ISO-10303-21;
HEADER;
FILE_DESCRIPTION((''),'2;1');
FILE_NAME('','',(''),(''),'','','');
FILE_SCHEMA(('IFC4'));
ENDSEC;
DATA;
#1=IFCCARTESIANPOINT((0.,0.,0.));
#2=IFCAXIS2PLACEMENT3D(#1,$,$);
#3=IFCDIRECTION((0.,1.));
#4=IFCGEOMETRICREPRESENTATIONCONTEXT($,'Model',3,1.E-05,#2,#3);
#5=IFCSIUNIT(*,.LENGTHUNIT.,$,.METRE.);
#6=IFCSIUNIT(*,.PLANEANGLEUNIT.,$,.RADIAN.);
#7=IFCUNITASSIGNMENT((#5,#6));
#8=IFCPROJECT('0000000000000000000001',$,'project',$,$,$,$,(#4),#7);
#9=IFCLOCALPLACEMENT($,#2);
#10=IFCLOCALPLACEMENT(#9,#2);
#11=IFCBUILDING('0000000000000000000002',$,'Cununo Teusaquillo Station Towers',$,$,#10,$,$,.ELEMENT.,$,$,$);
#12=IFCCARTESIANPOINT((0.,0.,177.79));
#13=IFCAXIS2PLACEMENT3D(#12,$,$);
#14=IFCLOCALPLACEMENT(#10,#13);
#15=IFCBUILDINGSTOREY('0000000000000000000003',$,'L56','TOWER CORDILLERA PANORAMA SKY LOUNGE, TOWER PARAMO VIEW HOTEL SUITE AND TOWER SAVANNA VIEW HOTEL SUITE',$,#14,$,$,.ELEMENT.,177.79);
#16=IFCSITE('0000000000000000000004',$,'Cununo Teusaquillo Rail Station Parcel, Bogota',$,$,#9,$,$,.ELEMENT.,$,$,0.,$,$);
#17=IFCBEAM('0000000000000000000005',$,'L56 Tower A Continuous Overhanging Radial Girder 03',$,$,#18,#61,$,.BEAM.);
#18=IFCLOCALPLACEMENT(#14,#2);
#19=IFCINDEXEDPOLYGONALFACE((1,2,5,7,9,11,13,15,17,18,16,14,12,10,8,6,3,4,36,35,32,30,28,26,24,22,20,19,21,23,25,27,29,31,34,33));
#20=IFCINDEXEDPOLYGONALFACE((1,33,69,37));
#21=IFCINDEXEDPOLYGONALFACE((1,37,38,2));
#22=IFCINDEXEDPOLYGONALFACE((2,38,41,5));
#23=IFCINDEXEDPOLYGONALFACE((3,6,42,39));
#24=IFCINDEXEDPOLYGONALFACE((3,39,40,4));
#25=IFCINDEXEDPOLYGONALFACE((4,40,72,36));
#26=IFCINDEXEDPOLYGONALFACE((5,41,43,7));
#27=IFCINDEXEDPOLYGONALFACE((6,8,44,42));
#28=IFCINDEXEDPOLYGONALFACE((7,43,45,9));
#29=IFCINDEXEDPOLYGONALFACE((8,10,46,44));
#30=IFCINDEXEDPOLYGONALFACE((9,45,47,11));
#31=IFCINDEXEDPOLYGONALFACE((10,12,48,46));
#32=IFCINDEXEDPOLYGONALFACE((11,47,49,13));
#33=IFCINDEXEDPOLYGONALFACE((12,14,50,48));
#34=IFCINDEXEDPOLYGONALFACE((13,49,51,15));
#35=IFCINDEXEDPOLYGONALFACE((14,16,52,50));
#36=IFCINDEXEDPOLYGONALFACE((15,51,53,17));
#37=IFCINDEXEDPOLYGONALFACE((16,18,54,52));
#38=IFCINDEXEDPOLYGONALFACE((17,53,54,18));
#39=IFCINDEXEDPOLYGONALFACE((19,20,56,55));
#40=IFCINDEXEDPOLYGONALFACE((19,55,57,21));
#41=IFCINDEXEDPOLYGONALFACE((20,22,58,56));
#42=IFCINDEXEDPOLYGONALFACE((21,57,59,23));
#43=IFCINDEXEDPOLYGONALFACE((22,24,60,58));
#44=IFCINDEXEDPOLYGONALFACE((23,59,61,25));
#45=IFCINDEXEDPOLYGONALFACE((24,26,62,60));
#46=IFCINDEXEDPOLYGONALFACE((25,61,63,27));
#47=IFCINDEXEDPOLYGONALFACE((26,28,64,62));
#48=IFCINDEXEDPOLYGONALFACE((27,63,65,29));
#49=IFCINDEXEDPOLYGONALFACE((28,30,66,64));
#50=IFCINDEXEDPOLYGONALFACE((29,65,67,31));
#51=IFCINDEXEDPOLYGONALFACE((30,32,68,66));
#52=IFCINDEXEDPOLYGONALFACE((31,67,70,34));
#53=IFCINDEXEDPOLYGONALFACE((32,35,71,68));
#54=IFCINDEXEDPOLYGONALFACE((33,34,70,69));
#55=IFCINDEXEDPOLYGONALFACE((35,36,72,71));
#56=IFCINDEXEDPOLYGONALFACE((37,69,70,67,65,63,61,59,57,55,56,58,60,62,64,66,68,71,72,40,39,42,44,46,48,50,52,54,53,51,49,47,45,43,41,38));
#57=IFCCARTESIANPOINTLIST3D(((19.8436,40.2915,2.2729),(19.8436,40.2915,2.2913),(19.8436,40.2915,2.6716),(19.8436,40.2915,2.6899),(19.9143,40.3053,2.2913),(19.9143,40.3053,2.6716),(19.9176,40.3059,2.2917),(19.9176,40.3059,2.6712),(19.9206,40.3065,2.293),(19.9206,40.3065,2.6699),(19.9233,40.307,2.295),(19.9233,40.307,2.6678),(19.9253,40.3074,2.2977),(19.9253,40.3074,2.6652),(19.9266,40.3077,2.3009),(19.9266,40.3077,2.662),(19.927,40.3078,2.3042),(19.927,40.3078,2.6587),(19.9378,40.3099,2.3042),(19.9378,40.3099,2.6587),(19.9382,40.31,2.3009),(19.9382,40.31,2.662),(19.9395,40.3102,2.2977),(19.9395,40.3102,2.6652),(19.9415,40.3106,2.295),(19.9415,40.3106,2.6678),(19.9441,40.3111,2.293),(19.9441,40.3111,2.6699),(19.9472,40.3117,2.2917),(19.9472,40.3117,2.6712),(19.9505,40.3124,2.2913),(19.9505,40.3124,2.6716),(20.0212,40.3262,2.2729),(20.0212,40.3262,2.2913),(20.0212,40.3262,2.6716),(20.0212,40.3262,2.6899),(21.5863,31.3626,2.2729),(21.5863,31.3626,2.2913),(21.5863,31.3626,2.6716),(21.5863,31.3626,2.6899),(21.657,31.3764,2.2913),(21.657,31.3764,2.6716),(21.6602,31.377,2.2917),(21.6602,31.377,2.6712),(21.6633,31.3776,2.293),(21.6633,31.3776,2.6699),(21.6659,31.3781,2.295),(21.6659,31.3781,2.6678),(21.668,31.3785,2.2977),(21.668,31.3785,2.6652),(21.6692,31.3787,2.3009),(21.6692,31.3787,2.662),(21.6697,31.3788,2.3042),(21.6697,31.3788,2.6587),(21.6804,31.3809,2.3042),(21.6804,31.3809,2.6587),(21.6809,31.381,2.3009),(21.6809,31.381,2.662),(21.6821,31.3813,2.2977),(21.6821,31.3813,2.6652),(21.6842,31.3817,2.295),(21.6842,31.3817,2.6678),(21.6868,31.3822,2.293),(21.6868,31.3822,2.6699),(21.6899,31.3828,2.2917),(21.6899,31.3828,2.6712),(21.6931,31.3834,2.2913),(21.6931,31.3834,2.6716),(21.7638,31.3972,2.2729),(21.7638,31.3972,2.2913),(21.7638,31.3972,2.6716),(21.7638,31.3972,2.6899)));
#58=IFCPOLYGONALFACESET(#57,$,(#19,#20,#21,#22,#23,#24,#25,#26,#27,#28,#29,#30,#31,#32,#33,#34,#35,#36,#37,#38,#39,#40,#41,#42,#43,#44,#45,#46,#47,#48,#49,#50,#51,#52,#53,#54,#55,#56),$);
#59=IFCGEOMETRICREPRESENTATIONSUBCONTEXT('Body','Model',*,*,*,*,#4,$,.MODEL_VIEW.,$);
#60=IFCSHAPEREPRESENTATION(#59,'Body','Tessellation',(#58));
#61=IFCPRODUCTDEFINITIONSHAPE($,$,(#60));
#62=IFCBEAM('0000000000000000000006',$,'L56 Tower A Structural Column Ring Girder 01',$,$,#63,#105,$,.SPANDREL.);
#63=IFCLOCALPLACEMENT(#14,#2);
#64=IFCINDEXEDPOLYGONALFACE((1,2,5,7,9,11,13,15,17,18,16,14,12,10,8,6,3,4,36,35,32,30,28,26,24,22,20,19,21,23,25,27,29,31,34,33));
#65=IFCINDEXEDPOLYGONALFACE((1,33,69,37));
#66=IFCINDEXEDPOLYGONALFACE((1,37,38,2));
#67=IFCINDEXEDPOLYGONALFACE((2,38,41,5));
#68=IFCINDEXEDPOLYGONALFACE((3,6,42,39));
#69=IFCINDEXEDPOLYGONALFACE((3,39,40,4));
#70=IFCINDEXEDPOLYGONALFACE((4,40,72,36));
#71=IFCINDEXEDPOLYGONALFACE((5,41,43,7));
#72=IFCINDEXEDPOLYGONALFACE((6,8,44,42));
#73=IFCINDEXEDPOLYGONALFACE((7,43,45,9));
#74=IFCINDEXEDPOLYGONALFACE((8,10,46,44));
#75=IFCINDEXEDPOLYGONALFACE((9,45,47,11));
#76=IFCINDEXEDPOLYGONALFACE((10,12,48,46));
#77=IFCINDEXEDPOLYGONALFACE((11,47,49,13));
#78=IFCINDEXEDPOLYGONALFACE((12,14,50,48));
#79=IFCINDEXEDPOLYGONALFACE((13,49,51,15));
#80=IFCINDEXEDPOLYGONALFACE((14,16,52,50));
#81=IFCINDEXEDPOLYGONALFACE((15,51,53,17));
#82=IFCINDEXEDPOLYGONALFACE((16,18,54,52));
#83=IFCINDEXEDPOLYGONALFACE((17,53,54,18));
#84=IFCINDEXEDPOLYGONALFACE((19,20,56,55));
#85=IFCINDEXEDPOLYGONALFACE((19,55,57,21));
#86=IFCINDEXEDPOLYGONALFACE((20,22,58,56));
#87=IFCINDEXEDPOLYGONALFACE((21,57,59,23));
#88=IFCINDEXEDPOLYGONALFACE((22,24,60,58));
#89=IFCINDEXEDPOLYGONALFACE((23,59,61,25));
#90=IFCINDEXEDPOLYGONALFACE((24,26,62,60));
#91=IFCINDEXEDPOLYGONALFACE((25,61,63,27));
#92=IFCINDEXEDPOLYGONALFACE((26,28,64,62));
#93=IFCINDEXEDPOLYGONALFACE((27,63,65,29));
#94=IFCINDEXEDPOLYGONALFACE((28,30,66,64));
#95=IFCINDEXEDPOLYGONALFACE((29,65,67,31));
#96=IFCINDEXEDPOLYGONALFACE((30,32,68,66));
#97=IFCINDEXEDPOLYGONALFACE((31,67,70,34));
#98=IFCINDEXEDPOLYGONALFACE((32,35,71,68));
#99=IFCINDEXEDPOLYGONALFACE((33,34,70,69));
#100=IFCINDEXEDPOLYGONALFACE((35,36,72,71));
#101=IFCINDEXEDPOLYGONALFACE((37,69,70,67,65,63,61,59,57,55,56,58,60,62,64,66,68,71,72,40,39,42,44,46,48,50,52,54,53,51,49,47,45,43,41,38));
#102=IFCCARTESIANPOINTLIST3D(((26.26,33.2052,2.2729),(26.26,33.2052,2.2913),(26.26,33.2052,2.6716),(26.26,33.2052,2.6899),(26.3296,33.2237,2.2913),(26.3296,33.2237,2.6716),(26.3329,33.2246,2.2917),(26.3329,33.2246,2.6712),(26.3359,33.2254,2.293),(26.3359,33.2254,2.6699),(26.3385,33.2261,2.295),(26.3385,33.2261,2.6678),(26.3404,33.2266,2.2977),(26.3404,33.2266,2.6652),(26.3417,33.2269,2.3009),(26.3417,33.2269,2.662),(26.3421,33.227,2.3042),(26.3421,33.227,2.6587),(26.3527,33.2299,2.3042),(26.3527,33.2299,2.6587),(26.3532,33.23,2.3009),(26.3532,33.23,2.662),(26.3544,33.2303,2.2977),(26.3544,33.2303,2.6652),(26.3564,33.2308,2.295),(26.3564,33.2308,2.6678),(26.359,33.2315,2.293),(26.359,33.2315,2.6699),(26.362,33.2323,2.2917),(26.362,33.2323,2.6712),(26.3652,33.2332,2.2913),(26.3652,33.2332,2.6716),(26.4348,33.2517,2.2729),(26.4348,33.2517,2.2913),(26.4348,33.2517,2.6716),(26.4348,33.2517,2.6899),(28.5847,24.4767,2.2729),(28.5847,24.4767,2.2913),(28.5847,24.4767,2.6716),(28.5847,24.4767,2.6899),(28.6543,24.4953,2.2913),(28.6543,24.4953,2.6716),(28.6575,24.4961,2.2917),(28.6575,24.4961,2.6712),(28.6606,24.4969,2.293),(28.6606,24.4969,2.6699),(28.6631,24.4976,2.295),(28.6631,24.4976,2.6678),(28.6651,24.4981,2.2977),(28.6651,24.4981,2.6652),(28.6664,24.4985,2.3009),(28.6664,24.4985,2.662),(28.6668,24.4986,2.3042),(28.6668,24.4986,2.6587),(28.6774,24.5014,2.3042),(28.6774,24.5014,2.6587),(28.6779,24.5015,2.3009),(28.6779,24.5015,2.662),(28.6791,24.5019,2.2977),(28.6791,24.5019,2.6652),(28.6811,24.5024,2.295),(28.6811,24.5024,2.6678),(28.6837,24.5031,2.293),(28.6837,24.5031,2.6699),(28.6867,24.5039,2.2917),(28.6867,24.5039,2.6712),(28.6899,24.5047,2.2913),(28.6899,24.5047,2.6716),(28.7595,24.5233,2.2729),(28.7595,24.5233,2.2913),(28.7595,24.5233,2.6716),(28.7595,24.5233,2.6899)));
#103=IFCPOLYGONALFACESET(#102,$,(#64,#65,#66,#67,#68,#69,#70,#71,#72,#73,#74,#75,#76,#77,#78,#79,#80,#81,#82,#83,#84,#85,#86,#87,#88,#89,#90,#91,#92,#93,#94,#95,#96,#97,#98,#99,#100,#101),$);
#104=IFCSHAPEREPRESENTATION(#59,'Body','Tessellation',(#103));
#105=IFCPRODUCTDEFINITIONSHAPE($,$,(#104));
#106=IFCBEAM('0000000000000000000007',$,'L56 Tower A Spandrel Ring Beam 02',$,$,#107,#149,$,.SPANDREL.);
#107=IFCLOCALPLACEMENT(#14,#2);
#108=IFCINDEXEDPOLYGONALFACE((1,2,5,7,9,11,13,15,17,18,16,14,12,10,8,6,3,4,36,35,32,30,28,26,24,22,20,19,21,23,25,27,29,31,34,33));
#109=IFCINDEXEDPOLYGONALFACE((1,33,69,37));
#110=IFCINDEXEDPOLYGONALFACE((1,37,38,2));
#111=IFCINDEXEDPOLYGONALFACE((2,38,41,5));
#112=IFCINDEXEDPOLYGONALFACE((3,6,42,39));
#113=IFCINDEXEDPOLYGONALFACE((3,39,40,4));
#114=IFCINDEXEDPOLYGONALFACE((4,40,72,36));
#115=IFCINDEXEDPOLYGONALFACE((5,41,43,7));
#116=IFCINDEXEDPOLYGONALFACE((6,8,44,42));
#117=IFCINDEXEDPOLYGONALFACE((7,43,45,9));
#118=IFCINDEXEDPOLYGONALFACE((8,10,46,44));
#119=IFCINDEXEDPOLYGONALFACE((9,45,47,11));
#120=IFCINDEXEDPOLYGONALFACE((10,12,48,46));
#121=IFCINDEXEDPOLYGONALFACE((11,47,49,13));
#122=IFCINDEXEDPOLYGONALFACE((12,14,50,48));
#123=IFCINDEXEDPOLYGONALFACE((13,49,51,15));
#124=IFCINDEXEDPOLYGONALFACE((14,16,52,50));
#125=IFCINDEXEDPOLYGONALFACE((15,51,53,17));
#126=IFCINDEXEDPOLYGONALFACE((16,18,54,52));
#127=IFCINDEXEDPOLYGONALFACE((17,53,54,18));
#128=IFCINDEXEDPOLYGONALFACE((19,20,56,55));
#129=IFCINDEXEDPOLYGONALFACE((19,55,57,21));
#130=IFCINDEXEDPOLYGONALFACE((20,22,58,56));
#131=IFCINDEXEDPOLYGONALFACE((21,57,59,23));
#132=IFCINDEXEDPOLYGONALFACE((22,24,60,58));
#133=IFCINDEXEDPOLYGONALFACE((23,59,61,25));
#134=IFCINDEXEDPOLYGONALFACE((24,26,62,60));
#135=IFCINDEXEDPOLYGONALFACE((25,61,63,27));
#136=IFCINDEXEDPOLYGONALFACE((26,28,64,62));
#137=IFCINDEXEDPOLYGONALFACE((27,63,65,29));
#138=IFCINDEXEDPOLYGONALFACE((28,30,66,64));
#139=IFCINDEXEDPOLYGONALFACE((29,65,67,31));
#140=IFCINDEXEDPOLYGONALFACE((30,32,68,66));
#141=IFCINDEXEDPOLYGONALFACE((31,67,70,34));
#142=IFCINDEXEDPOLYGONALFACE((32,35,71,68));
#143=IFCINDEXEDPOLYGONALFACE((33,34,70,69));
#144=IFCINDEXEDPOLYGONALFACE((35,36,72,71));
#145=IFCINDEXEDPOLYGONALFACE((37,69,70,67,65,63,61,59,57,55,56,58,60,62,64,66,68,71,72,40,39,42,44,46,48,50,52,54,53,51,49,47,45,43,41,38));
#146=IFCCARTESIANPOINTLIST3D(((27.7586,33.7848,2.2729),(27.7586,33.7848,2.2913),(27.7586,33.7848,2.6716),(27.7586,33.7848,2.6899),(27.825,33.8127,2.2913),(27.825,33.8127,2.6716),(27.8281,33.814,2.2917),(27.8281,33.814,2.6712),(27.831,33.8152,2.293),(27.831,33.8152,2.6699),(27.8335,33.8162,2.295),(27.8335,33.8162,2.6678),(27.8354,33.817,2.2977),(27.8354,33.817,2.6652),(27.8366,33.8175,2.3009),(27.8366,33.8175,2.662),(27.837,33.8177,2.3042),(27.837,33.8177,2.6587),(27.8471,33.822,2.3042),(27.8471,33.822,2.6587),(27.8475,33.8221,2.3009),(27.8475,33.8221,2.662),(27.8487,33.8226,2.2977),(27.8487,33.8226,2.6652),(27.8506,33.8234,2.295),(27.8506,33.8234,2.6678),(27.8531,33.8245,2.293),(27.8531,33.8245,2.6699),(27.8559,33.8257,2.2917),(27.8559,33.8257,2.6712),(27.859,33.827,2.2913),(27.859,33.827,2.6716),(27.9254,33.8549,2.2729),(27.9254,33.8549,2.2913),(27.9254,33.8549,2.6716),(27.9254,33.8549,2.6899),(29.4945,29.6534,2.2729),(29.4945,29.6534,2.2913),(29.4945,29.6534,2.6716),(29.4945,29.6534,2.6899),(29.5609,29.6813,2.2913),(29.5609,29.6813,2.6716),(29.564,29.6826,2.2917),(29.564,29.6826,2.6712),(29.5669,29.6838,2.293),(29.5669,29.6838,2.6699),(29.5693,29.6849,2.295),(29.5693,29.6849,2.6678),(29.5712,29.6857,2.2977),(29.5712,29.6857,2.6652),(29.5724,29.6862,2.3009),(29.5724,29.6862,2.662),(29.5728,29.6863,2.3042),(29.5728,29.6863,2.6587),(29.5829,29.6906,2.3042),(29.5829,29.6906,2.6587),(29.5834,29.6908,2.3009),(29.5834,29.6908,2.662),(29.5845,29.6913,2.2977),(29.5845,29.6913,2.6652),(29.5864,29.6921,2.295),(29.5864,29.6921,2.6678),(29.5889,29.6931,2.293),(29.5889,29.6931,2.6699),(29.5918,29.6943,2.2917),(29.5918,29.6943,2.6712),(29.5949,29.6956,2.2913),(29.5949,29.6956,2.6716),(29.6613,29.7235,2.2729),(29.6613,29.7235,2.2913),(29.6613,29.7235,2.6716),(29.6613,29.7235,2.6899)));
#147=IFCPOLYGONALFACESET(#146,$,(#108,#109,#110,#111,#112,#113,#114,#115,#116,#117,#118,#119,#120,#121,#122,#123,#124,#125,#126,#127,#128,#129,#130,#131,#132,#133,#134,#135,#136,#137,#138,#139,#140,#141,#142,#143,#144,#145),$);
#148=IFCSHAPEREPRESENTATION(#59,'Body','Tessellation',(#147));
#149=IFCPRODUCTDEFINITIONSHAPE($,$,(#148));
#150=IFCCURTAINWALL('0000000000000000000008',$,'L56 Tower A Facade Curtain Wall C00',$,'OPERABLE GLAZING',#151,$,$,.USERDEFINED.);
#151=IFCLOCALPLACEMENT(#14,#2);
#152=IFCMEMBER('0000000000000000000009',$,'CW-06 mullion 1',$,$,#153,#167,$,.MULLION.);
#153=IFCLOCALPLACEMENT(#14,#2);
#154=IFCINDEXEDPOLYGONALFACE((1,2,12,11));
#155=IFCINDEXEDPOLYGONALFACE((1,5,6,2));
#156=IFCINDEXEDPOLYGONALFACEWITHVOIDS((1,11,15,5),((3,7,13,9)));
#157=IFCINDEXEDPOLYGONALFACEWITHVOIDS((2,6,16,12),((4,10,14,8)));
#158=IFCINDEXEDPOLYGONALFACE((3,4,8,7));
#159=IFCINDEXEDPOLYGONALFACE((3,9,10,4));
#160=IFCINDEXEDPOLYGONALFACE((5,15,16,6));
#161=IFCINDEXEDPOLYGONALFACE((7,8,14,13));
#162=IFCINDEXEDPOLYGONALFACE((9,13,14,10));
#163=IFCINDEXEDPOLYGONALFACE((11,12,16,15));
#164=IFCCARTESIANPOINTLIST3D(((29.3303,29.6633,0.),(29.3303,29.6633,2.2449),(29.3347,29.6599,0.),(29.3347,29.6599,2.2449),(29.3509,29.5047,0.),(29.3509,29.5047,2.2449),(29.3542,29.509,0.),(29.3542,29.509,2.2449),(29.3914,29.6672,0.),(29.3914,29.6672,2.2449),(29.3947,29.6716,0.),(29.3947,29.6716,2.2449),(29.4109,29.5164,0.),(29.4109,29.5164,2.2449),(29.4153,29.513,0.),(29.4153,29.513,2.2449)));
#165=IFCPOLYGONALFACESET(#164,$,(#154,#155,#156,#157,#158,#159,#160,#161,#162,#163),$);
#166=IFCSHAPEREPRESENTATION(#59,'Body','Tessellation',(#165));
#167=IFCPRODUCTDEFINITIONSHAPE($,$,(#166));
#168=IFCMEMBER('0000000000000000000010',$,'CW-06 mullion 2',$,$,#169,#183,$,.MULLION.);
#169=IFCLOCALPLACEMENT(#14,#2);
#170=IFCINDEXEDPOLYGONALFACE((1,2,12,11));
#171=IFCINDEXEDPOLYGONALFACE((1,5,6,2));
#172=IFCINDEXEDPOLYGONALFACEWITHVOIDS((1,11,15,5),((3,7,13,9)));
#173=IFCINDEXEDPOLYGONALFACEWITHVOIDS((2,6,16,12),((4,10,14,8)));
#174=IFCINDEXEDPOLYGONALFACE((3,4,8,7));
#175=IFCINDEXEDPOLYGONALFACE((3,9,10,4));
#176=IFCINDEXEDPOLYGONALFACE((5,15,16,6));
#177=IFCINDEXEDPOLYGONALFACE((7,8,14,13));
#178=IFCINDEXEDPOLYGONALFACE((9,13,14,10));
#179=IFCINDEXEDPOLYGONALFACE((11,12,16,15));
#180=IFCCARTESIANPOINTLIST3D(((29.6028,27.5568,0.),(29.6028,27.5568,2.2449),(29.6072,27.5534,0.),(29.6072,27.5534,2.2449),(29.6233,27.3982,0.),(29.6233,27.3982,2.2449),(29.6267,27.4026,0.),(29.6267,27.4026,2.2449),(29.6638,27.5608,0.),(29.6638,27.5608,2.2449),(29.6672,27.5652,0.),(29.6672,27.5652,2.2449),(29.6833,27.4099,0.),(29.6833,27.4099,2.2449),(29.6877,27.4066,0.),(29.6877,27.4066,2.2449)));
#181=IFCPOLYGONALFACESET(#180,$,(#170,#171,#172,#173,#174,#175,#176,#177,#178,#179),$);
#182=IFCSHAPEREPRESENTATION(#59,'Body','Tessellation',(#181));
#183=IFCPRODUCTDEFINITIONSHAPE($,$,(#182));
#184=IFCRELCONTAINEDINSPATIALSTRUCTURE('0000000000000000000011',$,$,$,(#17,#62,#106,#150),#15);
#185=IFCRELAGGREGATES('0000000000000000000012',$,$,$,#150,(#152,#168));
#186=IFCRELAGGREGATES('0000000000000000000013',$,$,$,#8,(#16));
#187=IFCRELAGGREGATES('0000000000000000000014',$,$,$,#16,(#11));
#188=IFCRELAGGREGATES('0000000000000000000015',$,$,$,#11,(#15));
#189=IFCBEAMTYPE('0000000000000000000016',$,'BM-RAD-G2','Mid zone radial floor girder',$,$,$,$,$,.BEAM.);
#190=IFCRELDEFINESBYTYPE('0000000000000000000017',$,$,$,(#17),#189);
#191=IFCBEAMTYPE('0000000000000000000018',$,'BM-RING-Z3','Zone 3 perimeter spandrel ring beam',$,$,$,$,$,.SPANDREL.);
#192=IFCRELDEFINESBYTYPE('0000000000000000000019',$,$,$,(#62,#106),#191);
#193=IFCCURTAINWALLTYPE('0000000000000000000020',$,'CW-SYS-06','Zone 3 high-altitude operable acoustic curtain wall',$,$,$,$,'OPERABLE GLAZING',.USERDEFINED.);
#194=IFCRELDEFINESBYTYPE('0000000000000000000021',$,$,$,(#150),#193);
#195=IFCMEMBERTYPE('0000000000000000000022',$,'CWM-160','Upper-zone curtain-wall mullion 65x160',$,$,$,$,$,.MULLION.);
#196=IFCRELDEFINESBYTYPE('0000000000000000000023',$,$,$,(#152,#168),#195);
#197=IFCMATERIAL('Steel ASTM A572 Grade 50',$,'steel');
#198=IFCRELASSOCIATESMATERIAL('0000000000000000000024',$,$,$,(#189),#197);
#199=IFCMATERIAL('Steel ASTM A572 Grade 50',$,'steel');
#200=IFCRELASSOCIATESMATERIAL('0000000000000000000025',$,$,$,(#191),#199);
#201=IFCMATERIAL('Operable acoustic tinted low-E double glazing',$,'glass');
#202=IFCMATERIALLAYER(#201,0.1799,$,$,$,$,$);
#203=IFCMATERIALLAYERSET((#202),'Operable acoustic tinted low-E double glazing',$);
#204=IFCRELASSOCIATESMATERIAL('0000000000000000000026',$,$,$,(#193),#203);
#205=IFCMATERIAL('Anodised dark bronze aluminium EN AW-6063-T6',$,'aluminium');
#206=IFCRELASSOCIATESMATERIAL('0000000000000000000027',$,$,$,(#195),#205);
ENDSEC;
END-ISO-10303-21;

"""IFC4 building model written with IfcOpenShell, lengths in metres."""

from ifc_helpers import new_model, si_unit, direction, frame, origin, origin_2d, place, context, subcontext, project, spatial, hollow_rectangle, i_section, extrude, material, layer, layer_set, material_profile, profile_set, type_object, element, aggregate, save


model = new_model("IFC4")

# Units and contexts
model_context = context("Model", 3, precision=1e-05, world=origin(), true_north=direction((0.0, 1.0)))
body_context = subcontext(model_context, "Body", "Model", "MODEL_VIEW")
ifc_project = project(units=[si_unit("LENGTHUNIT", "METRE"), si_unit("PLANEANGLEUNIT", "RADIAN")], contexts=[model_context])

# Site, building, storey
site_placement = place(None, origin())
site = spatial("IfcSite", under=ifc_project, at=site_placement, Name="Cununo Teusaquillo Rail Station Parcel, Bogota", CompositionType="ELEMENT", RefElevation=0.0)
building_placement = place(site_placement, origin())
building = spatial("IfcBuilding", under=site, at=building_placement, Name="Cununo Teusaquillo Station Towers", CompositionType="ELEMENT")
storey_placement = place(building_placement, frame((0.0, 0.0, 177.79)))
storey = spatial("IfcBuildingStorey", under=building, at=storey_placement, Name="L56", Description="TOWER CORDILLERA PANORAMA SKY LOUNGE, TOWER PARAMO VIEW HOTEL SUITE AND TOWER SAVANNA VIEW HOTEL SUITE", CompositionType="ELEMENT", Elevation=177.79)

# Beams
ifc_material_1 = material(Name="Steel ASTM A572 Grade 50", Category="steel")
ifc_material_profile_1 = material_profile(ifc_material_1, i_section(OverallWidth=0.1809, OverallDepth=0.417, WebThickness=0.011, FlangeThickness=0.0183, FilletRadius=0.0129, at=origin_2d()), Name="W16X57")
ifc_profile_set_1 = profile_set([ifc_material_profile_1], Name="Steel ASTM A572 Grade 50")
beam_type_1 = type_object("IfcBeamType", Name="BM-RAD-G2", Description="Mid zone radial floor girder", PredefinedType="BEAM", material=ifc_profile_set_1)
beam_1_placement = place(storey_placement, frame((21.675, 31.3799, 2.4814), z_axis=(-0.191557, 0.981481, 0.0), x_axis=(-0.981481, -0.191557, 0.0)))
element("IfcBeam", 1, at=beam_1_placement, inside=storey, type_object=beam_type_1, Name="L56 Tower A Continuous Overhanging Radial Girder 03", PredefinedType="BEAM", context=body_context, shape_type="SweptSolid", body=[
    extrude(i_section(OverallWidth=0.1809, OverallDepth=0.417, WebThickness=0.011, FlangeThickness=0.0183, FilletRadius=0.0129, at=origin_2d()), origin(), (0.0, 0.0, 1.0), 9.0974),
])
ifc_material_2 = material(Name="Steel ASTM A572 Grade 50", Category="steel")
ifc_material_profile_2 = material_profile(ifc_material_2, i_section(OverallWidth=0.1809, OverallDepth=0.417, WebThickness=0.011, FlangeThickness=0.0183, FilletRadius=0.0129, at=origin_2d()), Name="W16X57")
ifc_profile_set_2 = profile_set([ifc_material_profile_2], Name="Steel ASTM A572 Grade 50")
beam_type_2 = type_object("IfcBeamType", Name="BM-RING-Z3", Description="Zone 3 perimeter spandrel ring beam", PredefinedType="SPANDREL", material=ifc_profile_set_2)
beam_2_placement = place(storey_placement, frame((28.6721, 24.5, 2.4814), z_axis=(-0.257363, 0.966315, 0.0), x_axis=(-0.966315, -0.257363, 0.0)))
element("IfcBeam", 2, at=beam_2_placement, inside=storey, type_object=beam_type_2, Name="L56 Tower A Structural Column Ring Girder 01", PredefinedType="SPANDREL", context=body_context, shape_type="SweptSolid", body=[
    extrude(i_section(OverallWidth=0.1809, OverallDepth=0.417, WebThickness=0.011, FlangeThickness=0.0183, FilletRadius=0.0129, at=origin_2d()), origin(), (0.0, 0.0, 1.0), 9.0327),
])
beam_3_placement = place(storey_placement, frame((29.5779, 29.6885, 2.4814), z_axis=(-0.38736, 0.921928, 0.0), x_axis=(-0.921928, -0.38736, 0.0)))
element("IfcBeam", 3, at=beam_3_placement, inside=storey, type_object=beam_type_2, Name="L56 Tower A Spandrel Ring Beam 02", PredefinedType="SPANDREL", context=body_context, shape_type="SweptSolid", body=[
    extrude(i_section(OverallWidth=0.1809, OverallDepth=0.417, WebThickness=0.011, FlangeThickness=0.0183, FilletRadius=0.0129, at=origin_2d()), origin(), (0.0, 0.0, 1.0), 4.4812),
])

# Curtain wall, members
ifc_material_3 = material(Name="Operable acoustic tinted low-E double glazing", Category="glass")
ifc_layer_1 = layer(ifc_material_3, 0.1799)
ifc_layer_set_1 = layer_set([ifc_layer_1], Name="Operable acoustic tinted low-E double glazing")
curtain_wall_type = type_object("IfcCurtainWallType", Name="CW-SYS-06", Description="Zone 3 high-altitude operable acoustic curtain wall", ElementType="OPERABLE GLAZING", PredefinedType="USERDEFINED", material=ifc_layer_set_1)
curtain_wall_placement = place(storey_placement, origin())
curtain_wall = element("IfcCurtainWall", 4, at=curtain_wall_placement, inside=storey, type_object=curtain_wall_type, Name="L56 Tower A Facade Curtain Wall C00", ObjectType="OPERABLE GLAZING", PredefinedType="USERDEFINED")
ifc_material_4 = material(Name="Anodised dark bronze aluminium EN AW-6063-T6", Category="aluminium")
ifc_material_profile_3 = material_profile(ifc_material_4, hollow_rectangle(XDim=0.0649, YDim=0.1599, WallThickness=0.0039, at=origin_2d()), Name="CW-MULL-65x160")
ifc_profile_set_3 = profile_set([ifc_material_profile_3], Name="Anodised dark bronze aluminium EN AW-6063-T6")
member_type_1 = type_object("IfcMemberType", Name="CWM-160", Description="Upper-zone curtain-wall mullion 65x160", PredefinedType="MULLION", material=ifc_profile_set_3)
member_1_placement = place(storey_placement, frame((29.3728, 29.5881, 0.0), z_axis=(0.0, 0.0, 1.0), x_axis=(0.991737, 0.128285, 0.0)))
member_1 = element("IfcMember", 5, at=member_1_placement, type_object=member_type_1, Name="CW-06 mullion 1", PredefinedType="MULLION", context=body_context, shape_type="SweptSolid", body=[
    extrude(hollow_rectangle(XDim=0.0649, YDim=0.1599, WallThickness=0.0039, at=origin_2d()), origin(), (0.0, 0.0, 1.0), 2.2449),
])
member_2_placement = place(storey_placement, frame((29.6453, 27.4817, 0.0), z_axis=(0.0, 0.0, 1.0), x_axis=(0.991737, 0.128285, 0.0)))
member_2 = element("IfcMember", 6, at=member_2_placement, type_object=member_type_1, Name="CW-06 mullion 2", PredefinedType="MULLION", context=body_context, shape_type="SweptSolid", body=[
    extrude(hollow_rectangle(XDim=0.0649, YDim=0.1599, WallThickness=0.0039, at=origin_2d()), origin(), (0.0, 0.0, 1.0), 2.2449),
])
aggregate(curtain_wall, [member_1, member_2])

save(model, "model.ifc")
